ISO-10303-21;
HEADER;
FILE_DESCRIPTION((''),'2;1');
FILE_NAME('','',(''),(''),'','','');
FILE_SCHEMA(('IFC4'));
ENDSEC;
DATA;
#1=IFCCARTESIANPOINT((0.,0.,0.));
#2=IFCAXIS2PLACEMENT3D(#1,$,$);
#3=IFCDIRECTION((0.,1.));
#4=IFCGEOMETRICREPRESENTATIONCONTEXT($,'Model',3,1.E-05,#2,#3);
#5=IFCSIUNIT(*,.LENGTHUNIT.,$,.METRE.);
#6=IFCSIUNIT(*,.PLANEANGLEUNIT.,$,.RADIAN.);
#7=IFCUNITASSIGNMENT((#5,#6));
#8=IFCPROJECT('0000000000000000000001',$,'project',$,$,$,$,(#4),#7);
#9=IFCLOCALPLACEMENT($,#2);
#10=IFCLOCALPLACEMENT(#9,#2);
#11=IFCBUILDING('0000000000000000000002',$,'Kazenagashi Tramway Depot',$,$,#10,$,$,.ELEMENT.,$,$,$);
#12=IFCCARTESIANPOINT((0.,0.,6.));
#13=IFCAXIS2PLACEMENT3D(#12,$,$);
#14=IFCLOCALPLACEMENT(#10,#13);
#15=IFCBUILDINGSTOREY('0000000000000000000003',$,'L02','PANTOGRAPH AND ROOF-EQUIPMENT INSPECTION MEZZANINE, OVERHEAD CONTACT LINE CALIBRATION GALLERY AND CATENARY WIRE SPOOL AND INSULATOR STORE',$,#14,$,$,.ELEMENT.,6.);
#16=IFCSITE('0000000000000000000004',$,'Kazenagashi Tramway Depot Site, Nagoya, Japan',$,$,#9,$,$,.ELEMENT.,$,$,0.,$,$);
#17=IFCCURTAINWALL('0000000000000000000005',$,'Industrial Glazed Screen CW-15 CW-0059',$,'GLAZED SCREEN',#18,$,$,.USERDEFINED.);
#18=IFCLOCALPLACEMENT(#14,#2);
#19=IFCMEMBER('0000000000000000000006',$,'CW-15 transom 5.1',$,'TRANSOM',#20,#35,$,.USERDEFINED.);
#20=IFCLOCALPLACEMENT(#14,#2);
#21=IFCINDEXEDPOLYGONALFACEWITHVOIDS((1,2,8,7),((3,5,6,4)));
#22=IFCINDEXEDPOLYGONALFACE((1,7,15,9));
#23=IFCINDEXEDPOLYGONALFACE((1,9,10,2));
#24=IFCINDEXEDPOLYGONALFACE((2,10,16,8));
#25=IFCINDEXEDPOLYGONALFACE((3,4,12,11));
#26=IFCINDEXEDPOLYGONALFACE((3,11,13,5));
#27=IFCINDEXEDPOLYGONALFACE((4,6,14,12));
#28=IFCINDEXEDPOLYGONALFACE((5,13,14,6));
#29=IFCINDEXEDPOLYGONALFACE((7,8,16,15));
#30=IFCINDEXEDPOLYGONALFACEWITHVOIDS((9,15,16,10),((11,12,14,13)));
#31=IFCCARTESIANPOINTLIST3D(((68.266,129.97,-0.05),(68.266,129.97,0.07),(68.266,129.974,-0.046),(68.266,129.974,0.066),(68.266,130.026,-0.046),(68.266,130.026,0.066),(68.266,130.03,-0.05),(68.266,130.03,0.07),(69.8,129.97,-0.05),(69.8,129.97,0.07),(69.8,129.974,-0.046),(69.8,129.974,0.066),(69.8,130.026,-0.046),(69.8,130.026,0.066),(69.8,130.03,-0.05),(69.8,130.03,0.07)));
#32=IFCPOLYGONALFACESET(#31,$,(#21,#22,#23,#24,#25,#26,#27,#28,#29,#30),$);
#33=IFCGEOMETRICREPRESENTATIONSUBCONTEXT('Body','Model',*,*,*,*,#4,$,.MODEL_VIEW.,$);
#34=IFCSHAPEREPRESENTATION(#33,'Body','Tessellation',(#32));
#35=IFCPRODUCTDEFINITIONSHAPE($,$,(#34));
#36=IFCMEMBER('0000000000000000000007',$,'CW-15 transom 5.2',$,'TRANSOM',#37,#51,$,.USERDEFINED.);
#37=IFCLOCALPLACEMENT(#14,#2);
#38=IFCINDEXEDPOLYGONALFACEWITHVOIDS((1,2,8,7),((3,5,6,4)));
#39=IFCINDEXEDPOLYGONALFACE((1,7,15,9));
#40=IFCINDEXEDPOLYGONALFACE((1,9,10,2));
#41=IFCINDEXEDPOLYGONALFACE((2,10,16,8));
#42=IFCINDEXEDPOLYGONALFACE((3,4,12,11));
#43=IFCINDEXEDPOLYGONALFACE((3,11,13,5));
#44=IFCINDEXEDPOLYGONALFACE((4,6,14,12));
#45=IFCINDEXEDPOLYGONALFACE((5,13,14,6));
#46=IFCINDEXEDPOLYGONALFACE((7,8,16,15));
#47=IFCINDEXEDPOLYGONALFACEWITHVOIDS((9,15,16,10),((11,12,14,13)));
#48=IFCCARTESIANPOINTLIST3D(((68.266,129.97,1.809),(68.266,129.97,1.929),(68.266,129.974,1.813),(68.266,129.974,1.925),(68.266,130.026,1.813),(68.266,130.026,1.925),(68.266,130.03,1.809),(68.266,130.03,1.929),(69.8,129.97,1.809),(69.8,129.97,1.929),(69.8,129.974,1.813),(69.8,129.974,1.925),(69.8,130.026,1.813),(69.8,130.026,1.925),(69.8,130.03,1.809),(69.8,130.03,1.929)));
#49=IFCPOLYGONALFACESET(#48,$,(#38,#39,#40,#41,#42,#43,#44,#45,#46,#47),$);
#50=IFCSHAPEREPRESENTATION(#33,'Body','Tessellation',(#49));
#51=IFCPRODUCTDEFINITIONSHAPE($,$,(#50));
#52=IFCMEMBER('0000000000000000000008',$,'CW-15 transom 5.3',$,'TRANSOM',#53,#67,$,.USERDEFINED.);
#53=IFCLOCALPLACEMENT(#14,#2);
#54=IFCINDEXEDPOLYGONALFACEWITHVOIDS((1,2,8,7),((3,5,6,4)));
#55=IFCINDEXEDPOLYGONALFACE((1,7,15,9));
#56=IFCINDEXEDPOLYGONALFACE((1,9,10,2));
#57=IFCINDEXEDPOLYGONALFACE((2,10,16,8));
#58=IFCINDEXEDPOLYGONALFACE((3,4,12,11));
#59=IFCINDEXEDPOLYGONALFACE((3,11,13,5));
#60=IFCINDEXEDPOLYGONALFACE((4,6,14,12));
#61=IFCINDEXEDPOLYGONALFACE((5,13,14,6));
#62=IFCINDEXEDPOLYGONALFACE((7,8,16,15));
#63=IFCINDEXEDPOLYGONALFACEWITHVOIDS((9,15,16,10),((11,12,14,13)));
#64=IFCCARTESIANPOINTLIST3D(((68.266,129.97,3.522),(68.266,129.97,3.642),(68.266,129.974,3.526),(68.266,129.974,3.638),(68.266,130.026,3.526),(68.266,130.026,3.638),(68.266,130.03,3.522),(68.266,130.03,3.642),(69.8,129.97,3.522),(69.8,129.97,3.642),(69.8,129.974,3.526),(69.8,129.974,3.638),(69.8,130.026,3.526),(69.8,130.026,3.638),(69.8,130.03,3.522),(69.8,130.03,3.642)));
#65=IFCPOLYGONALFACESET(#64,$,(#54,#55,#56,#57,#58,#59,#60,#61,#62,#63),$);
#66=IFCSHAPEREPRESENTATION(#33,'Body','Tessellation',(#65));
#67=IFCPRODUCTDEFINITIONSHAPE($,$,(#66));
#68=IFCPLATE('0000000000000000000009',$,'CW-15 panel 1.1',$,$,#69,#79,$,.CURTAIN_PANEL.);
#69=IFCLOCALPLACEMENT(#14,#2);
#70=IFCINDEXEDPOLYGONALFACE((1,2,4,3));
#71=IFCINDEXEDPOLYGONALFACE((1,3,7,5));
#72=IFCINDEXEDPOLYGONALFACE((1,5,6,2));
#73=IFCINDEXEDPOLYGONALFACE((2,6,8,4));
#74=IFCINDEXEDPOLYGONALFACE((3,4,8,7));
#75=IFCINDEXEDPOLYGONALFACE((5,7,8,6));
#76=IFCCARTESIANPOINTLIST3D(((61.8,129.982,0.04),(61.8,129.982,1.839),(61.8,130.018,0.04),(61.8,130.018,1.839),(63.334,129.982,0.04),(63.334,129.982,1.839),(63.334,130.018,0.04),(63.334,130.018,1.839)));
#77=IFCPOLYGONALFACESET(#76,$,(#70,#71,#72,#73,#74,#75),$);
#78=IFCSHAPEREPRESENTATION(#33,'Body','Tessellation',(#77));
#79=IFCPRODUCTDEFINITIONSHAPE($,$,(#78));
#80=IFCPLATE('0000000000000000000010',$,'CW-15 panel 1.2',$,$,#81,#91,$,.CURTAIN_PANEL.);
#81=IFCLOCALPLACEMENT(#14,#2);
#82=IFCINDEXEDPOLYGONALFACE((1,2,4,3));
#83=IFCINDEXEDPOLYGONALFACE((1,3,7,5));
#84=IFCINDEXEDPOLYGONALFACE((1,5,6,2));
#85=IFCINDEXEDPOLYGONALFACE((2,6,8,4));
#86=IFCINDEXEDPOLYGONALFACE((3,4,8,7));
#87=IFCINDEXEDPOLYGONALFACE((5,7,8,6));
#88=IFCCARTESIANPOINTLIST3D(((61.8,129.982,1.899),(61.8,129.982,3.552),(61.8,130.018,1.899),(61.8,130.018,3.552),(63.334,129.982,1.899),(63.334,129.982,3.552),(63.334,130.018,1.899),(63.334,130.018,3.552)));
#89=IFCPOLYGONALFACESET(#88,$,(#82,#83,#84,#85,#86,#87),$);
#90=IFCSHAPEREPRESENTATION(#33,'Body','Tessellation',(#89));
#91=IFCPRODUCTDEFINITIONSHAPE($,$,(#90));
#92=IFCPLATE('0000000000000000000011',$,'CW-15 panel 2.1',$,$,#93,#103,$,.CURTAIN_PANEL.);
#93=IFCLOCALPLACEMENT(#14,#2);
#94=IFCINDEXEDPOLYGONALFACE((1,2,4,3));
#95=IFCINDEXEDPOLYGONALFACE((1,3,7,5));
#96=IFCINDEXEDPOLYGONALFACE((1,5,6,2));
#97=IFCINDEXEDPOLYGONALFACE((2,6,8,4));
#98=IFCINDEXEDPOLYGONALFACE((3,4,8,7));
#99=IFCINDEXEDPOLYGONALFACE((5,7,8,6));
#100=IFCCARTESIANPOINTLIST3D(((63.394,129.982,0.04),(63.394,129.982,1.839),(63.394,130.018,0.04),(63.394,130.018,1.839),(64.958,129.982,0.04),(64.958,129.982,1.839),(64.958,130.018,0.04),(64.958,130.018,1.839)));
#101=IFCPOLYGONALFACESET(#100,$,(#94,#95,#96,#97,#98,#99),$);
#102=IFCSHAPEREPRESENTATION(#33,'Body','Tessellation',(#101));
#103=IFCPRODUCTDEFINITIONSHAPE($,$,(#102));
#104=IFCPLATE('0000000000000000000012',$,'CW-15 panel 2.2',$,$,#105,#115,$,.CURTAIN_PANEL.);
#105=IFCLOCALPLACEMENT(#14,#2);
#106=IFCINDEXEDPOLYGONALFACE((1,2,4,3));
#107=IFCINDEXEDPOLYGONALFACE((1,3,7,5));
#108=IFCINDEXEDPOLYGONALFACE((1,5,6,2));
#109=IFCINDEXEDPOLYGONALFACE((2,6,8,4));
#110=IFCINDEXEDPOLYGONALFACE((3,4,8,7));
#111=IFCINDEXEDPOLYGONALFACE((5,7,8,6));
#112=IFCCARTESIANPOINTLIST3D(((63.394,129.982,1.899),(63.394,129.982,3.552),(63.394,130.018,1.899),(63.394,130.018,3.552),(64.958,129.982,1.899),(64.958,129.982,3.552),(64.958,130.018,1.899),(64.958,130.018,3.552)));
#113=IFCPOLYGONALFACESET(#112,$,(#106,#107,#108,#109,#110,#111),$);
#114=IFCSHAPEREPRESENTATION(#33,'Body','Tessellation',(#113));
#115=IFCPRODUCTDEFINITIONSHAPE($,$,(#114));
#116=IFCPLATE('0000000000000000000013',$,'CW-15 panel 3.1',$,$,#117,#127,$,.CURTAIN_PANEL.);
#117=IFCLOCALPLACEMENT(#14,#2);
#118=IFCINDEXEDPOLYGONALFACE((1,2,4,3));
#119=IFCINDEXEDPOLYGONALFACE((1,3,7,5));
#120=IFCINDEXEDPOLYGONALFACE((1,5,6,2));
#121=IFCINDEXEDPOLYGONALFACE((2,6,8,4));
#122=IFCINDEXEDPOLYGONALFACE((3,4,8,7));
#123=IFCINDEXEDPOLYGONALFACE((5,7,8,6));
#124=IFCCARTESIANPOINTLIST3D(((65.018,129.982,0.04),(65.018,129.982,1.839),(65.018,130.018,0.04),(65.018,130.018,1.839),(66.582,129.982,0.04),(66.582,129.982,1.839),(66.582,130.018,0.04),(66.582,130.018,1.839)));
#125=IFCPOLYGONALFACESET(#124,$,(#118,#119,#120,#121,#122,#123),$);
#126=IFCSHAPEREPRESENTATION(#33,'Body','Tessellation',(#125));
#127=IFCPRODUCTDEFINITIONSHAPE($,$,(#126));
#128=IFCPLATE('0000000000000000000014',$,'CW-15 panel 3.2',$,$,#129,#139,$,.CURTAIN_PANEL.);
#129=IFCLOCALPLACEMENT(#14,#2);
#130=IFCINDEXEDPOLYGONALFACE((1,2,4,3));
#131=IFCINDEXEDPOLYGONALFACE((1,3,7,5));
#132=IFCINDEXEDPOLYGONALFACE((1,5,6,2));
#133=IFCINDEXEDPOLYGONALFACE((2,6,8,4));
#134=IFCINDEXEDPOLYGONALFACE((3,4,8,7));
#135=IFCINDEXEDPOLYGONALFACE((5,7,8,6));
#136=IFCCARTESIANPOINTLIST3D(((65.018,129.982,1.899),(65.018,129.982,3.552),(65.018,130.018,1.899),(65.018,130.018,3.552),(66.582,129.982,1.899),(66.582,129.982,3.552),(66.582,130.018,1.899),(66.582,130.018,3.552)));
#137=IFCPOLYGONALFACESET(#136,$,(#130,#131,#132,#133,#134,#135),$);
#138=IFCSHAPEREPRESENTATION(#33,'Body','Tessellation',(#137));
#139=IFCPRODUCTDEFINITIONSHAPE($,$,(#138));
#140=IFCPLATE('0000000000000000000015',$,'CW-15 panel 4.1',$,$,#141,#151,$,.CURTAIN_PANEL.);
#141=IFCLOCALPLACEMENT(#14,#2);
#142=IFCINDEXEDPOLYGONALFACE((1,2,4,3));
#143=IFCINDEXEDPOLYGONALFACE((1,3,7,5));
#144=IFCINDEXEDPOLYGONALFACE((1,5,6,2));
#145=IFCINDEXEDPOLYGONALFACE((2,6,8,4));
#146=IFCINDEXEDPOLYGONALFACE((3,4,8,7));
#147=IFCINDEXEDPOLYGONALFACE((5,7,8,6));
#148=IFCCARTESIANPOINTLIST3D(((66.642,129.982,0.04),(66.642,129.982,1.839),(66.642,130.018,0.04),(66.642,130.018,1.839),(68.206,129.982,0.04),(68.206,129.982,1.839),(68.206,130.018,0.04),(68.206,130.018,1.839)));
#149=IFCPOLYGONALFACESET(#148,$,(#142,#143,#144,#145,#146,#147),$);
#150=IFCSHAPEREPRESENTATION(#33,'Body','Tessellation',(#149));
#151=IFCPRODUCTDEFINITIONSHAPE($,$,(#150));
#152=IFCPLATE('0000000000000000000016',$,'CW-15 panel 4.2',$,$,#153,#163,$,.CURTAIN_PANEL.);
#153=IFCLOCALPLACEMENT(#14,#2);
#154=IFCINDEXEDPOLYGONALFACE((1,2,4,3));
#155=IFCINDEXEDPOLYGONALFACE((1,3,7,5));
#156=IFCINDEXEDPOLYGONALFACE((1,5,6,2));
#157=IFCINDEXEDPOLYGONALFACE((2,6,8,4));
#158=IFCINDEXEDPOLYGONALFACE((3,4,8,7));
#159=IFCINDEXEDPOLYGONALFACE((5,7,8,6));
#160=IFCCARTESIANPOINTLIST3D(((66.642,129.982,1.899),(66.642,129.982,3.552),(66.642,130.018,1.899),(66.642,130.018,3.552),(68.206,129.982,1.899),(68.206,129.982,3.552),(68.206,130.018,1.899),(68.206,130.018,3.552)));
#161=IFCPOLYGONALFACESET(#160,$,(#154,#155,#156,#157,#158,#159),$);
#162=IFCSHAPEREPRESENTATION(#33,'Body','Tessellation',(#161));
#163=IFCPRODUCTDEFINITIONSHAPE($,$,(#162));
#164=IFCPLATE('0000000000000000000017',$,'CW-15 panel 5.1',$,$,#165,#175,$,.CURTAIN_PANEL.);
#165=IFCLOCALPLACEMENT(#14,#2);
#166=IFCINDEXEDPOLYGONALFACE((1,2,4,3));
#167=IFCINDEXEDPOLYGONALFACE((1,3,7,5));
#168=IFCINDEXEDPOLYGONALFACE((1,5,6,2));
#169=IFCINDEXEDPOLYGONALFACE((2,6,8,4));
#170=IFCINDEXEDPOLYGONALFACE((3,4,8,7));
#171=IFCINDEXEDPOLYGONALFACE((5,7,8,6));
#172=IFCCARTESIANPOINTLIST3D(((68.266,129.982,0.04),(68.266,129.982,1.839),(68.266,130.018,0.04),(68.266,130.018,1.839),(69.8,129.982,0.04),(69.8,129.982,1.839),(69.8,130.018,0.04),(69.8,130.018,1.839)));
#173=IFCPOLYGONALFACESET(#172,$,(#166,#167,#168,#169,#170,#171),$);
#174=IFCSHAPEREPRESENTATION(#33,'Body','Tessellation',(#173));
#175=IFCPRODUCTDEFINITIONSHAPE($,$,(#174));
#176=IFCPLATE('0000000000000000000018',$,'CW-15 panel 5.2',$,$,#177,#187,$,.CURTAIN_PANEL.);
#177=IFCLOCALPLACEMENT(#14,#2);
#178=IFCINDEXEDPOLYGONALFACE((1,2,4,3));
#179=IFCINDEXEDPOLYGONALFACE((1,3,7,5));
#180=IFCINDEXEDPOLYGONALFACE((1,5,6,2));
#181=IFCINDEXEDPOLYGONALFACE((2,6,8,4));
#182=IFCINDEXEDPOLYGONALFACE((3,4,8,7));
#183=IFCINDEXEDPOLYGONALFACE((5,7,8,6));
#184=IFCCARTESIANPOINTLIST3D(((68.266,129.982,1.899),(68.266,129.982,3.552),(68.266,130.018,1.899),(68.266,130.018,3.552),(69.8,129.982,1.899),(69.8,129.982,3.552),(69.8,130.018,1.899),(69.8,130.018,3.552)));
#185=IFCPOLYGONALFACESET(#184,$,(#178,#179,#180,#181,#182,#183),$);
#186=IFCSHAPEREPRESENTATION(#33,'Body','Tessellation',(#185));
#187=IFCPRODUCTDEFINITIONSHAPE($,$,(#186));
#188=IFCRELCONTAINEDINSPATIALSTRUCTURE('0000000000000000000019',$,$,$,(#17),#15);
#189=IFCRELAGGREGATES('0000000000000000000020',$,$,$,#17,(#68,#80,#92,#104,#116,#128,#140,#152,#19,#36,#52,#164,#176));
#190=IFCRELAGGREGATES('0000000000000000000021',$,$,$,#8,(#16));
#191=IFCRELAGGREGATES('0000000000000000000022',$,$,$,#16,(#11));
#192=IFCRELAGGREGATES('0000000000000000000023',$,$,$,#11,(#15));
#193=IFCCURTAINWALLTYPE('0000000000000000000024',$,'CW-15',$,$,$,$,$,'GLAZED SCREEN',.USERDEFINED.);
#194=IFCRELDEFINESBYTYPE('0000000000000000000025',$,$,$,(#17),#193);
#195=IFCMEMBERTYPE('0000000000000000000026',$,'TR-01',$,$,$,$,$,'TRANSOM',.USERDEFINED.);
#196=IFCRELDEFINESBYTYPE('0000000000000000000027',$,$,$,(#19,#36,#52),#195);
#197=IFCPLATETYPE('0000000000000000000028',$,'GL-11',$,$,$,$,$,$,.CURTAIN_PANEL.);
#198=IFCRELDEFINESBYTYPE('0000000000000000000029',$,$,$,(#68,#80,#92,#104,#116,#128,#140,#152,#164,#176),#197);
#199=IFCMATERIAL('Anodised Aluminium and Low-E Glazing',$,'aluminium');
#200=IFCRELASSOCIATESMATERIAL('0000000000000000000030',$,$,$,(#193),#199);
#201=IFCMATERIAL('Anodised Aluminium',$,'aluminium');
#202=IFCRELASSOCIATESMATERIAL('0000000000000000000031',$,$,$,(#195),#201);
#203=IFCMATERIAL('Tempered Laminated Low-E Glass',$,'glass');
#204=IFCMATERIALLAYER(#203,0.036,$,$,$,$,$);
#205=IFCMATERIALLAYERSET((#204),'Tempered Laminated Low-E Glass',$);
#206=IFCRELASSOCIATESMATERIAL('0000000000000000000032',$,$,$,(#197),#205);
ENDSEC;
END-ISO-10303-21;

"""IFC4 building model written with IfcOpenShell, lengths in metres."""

from ifc_helpers import new_model, si_unit, direction, frame, origin, origin_2d, place, context, subcontext, project, spatial, rectangle, hollow_rectangle, extrude, material, layer, layer_set, material_profile, profile_set, type_object, element, aggregate, save


model = new_model("IFC4")

# Units and contexts
model_context = context("Model", 3, precision=1e-05, world=origin(), true_north=direction((0.0, 1.0)))
body_context = subcontext(model_context, "Body", "Model", "MODEL_VIEW")
ifc_project = project(units=[si_unit("LENGTHUNIT", "METRE"), si_unit("PLANEANGLEUNIT", "RADIAN")], contexts=[model_context])

# Site, building, storey
site_placement = place(None, origin())
site = spatial("IfcSite", under=ifc_project, at=site_placement, Name="Kazenagashi Tramway Depot Site, Nagoya, Japan", CompositionType="ELEMENT", RefElevation=0.0)
building_placement = place(site_placement, origin())
building = spatial("IfcBuilding", under=site, at=building_placement, Name="Kazenagashi Tramway Depot", CompositionType="ELEMENT")
storey_placement = place(building_placement, frame((0.0, 0.0, 6.0)))
storey = spatial("IfcBuildingStorey", under=building, at=storey_placement, Name="L02", Description="PANTOGRAPH AND ROOF-EQUIPMENT INSPECTION MEZZANINE, OVERHEAD CONTACT LINE CALIBRATION GALLERY AND CATENARY WIRE SPOOL AND INSULATOR STORE", CompositionType="ELEMENT", Elevation=6.0)

# Curtain wall
ifc_material_1 = material(Name="Anodised Aluminium and Low-E Glazing", Category="aluminium")
curtain_wall_type = type_object("IfcCurtainWallType", Name="CW-15", ElementType="GLAZED SCREEN", PredefinedType="USERDEFINED", material=ifc_material_1)
curtain_wall_placement = place(storey_placement, origin())
curtain_wall = element("IfcCurtainWall", 1, at=curtain_wall_placement, inside=storey, type_object=curtain_wall_type, Name="Industrial Glazed Screen CW-15 CW-0059", ObjectType="GLAZED SCREEN", PredefinedType="USERDEFINED")
ifc_material_2 = material(Name="Anodised Aluminium", Category="aluminium")

# Members
ifc_material_profile_1 = material_profile(ifc_material_2, hollow_rectangle(XDim=0.06, YDim=0.12, WallThickness=0.004, at=origin_2d()), Name="RHS-120x60x4")
ifc_profile_set_1 = profile_set([ifc_material_profile_1], Name="Anodised Aluminium")
member_type_1 = type_object("IfcMemberType", Name="TR-01", ElementType="TRANSOM", PredefinedType="USERDEFINED", material=ifc_profile_set_1)
member_1_placement = place(storey_placement, frame((68.266, 130.0, 0.01), z_axis=(1.0, 0.0, 0.0), x_axis=(0.0, 1.0, 0.0)))
member_1 = element("IfcMember", 2, at=member_1_placement, type_object=member_type_1, Name="CW-15 transom 5.1", ObjectType="TRANSOM", PredefinedType="USERDEFINED", context=body_context, shape_type="SweptSolid", body=[
    extrude(hollow_rectangle(XDim=0.06, YDim=0.12, WallThickness=0.004, at=origin_2d()), origin(), (0.0, 0.0, 1.0), 1.534),
])
member_2_placement = place(storey_placement, frame((68.266, 130.0, 1.869), z_axis=(1.0, 0.0, 0.0), x_axis=(0.0, 1.0, 0.0)))
member_2 = element("IfcMember", 3, at=member_2_placement, type_object=member_type_1, Name="CW-15 transom 5.2", ObjectType="TRANSOM", PredefinedType="USERDEFINED", context=body_context, shape_type="SweptSolid", body=[
    extrude(hollow_rectangle(XDim=0.06, YDim=0.12, WallThickness=0.004, at=origin_2d()), origin(), (0.0, 0.0, 1.0), 1.534),
])
member_3_placement = place(storey_placement, frame((68.266, 130.0, 3.582), z_axis=(1.0, 0.0, 0.0), x_axis=(0.0, 1.0, 0.0)))
member_3 = element("IfcMember", 4, at=member_3_placement, type_object=member_type_1, Name="CW-15 transom 5.3", ObjectType="TRANSOM", PredefinedType="USERDEFINED", context=body_context, shape_type="SweptSolid", body=[
    extrude(hollow_rectangle(XDim=0.06, YDim=0.12, WallThickness=0.004, at=origin_2d()), origin(), (0.0, 0.0, 1.0), 1.534),
])

# Plates
ifc_material_3 = material(Name="Tempered Laminated Low-E Glass", Category="glass")
ifc_layer_1 = layer(ifc_material_3, 0.036)
ifc_layer_set_1 = layer_set([ifc_layer_1], Name="Tempered Laminated Low-E Glass")
plate_type = type_object("IfcPlateType", Name="GL-11", PredefinedType="CURTAIN_PANEL", material=ifc_layer_set_1)
plate_1_placement = place(storey_placement, frame((62.567, 130.0, 0.04), z_axis=(0.0, 0.0, 1.0), x_axis=(1.0, 0.0, 0.0)))
plate_1 = element("IfcPlate", 5, at=plate_1_placement, type_object=plate_type, Name="CW-15 panel 1.1", PredefinedType="CURTAIN_PANEL", context=body_context, shape_type="SweptSolid", body=[
    extrude(rectangle(XDim=1.534, YDim=0.036, at=origin_2d()), origin(), (0.0, 0.0, 1.0), 1.799),
])
plate_2_placement = place(storey_placement, frame((62.567, 130.0, 1.899), z_axis=(0.0, 0.0, 1.0), x_axis=(1.0, 0.0, 0.0)))
plate_2 = element("IfcPlate", 6, at=plate_2_placement, type_object=plate_type, Name="CW-15 panel 1.2", PredefinedType="CURTAIN_PANEL", context=body_context, shape_type="SweptSolid", body=[
    extrude(rectangle(XDim=1.534, YDim=0.036, at=origin_2d()), origin(), (0.0, 0.0, 1.0), 1.653),
])
plate_3_placement = place(storey_placement, frame((64.176, 130.0, 0.04), z_axis=(0.0, 0.0, 1.0), x_axis=(1.0, 0.0, 0.0)))
plate_3 = element("IfcPlate", 7, at=plate_3_placement, type_object=plate_type, Name="CW-15 panel 2.1", PredefinedType="CURTAIN_PANEL", context=body_context, shape_type="SweptSolid", body=[
    extrude(rectangle(XDim=1.564, YDim=0.036, at=origin_2d()), origin(), (0.0, 0.0, 1.0), 1.799),
])
plate_4_placement = place(storey_placement, frame((64.176, 130.0, 1.899), z_axis=(0.0, 0.0, 1.0), x_axis=(1.0, 0.0, 0.0)))
plate_4 = element("IfcPlate", 8, at=plate_4_placement, type_object=plate_type, Name="CW-15 panel 2.2", PredefinedType="CURTAIN_PANEL", context=body_context, shape_type="SweptSolid", body=[
    extrude(rectangle(XDim=1.564, YDim=0.036, at=origin_2d()), origin(), (0.0, 0.0, 1.0), 1.653),
])
plate_5_placement = place(storey_placement, frame((65.8, 130.0, 0.04), z_axis=(0.0, 0.0, 1.0), x_axis=(1.0, 0.0, 0.0)))
plate_5 = element("IfcPlate", 9, at=plate_5_placement, type_object=plate_type, Name="CW-15 panel 3.1", PredefinedType="CURTAIN_PANEL", context=body_context, shape_type="SweptSolid", body=[
    extrude(rectangle(XDim=1.564, YDim=0.036, at=origin_2d()), origin(), (0.0, 0.0, 1.0), 1.799),
])
plate_6_placement = place(storey_placement, frame((65.8, 130.0, 1.899), z_axis=(0.0, 0.0, 1.0), x_axis=(1.0, 0.0, 0.0)))
plate_6 = element("IfcPlate", 10, at=plate_6_placement, type_object=plate_type, Name="CW-15 panel 3.2", PredefinedType="CURTAIN_PANEL", context=body_context, shape_type="SweptSolid", body=[
    extrude(rectangle(XDim=1.564, YDim=0.036, at=origin_2d()), origin(), (0.0, 0.0, 1.0), 1.653),
])
plate_7_placement = place(storey_placement, frame((67.424, 130.0, 0.04), z_axis=(0.0, 0.0, 1.0), x_axis=(1.0, 0.0, 0.0)))
plate_7 = element("IfcPlate", 11, at=plate_7_placement, type_object=plate_type, Name="CW-15 panel 4.1", PredefinedType="CURTAIN_PANEL", context=body_context, shape_type="SweptSolid", body=[
    extrude(rectangle(XDim=1.564, YDim=0.036, at=origin_2d()), origin(), (0.0, 0.0, 1.0), 1.799),
])
plate_8_placement = place(storey_placement, frame((67.424, 130.0, 1.899), z_axis=(0.0, 0.0, 1.0), x_axis=(1.0, 0.0, 0.0)))
plate_8 = element("IfcPlate", 12, at=plate_8_placement, type_object=plate_type, Name="CW-15 panel 4.2", PredefinedType="CURTAIN_PANEL", context=body_context, shape_type="SweptSolid", body=[
    extrude(rectangle(XDim=1.564, YDim=0.036, at=origin_2d()), origin(), (0.0, 0.0, 1.0), 1.653),
])
plate_9_placement = place(storey_placement, frame((69.033, 130.0, 0.04), z_axis=(0.0, 0.0, 1.0), x_axis=(1.0, 0.0, 0.0)))
plate_9 = element("IfcPlate", 13, at=plate_9_placement, type_object=plate_type, Name="CW-15 panel 5.1", PredefinedType="CURTAIN_PANEL", context=body_context, shape_type="SweptSolid", body=[
    extrude(rectangle(XDim=1.534, YDim=0.036, at=origin_2d()), origin(), (0.0, 0.0, 1.0), 1.799),
])
plate_10_placement = place(storey_placement, frame((69.033, 130.0, 1.899), z_axis=(0.0, 0.0, 1.0), x_axis=(1.0, 0.0, 0.0)))
plate_10 = element("IfcPlate", 14, at=plate_10_placement, type_object=plate_type, Name="CW-15 panel 5.2", PredefinedType="CURTAIN_PANEL", context=body_context, shape_type="SweptSolid", body=[
    extrude(rectangle(XDim=1.534, YDim=0.036, at=origin_2d()), origin(), (0.0, 0.0, 1.0), 1.653),
])
aggregate(curtain_wall, [plate_1, plate_2, plate_3, plate_4, plate_5, plate_6, plate_7, plate_8, member_1, member_2, member_3, plate_9, plate_10])

save(model, "model.ifc")
